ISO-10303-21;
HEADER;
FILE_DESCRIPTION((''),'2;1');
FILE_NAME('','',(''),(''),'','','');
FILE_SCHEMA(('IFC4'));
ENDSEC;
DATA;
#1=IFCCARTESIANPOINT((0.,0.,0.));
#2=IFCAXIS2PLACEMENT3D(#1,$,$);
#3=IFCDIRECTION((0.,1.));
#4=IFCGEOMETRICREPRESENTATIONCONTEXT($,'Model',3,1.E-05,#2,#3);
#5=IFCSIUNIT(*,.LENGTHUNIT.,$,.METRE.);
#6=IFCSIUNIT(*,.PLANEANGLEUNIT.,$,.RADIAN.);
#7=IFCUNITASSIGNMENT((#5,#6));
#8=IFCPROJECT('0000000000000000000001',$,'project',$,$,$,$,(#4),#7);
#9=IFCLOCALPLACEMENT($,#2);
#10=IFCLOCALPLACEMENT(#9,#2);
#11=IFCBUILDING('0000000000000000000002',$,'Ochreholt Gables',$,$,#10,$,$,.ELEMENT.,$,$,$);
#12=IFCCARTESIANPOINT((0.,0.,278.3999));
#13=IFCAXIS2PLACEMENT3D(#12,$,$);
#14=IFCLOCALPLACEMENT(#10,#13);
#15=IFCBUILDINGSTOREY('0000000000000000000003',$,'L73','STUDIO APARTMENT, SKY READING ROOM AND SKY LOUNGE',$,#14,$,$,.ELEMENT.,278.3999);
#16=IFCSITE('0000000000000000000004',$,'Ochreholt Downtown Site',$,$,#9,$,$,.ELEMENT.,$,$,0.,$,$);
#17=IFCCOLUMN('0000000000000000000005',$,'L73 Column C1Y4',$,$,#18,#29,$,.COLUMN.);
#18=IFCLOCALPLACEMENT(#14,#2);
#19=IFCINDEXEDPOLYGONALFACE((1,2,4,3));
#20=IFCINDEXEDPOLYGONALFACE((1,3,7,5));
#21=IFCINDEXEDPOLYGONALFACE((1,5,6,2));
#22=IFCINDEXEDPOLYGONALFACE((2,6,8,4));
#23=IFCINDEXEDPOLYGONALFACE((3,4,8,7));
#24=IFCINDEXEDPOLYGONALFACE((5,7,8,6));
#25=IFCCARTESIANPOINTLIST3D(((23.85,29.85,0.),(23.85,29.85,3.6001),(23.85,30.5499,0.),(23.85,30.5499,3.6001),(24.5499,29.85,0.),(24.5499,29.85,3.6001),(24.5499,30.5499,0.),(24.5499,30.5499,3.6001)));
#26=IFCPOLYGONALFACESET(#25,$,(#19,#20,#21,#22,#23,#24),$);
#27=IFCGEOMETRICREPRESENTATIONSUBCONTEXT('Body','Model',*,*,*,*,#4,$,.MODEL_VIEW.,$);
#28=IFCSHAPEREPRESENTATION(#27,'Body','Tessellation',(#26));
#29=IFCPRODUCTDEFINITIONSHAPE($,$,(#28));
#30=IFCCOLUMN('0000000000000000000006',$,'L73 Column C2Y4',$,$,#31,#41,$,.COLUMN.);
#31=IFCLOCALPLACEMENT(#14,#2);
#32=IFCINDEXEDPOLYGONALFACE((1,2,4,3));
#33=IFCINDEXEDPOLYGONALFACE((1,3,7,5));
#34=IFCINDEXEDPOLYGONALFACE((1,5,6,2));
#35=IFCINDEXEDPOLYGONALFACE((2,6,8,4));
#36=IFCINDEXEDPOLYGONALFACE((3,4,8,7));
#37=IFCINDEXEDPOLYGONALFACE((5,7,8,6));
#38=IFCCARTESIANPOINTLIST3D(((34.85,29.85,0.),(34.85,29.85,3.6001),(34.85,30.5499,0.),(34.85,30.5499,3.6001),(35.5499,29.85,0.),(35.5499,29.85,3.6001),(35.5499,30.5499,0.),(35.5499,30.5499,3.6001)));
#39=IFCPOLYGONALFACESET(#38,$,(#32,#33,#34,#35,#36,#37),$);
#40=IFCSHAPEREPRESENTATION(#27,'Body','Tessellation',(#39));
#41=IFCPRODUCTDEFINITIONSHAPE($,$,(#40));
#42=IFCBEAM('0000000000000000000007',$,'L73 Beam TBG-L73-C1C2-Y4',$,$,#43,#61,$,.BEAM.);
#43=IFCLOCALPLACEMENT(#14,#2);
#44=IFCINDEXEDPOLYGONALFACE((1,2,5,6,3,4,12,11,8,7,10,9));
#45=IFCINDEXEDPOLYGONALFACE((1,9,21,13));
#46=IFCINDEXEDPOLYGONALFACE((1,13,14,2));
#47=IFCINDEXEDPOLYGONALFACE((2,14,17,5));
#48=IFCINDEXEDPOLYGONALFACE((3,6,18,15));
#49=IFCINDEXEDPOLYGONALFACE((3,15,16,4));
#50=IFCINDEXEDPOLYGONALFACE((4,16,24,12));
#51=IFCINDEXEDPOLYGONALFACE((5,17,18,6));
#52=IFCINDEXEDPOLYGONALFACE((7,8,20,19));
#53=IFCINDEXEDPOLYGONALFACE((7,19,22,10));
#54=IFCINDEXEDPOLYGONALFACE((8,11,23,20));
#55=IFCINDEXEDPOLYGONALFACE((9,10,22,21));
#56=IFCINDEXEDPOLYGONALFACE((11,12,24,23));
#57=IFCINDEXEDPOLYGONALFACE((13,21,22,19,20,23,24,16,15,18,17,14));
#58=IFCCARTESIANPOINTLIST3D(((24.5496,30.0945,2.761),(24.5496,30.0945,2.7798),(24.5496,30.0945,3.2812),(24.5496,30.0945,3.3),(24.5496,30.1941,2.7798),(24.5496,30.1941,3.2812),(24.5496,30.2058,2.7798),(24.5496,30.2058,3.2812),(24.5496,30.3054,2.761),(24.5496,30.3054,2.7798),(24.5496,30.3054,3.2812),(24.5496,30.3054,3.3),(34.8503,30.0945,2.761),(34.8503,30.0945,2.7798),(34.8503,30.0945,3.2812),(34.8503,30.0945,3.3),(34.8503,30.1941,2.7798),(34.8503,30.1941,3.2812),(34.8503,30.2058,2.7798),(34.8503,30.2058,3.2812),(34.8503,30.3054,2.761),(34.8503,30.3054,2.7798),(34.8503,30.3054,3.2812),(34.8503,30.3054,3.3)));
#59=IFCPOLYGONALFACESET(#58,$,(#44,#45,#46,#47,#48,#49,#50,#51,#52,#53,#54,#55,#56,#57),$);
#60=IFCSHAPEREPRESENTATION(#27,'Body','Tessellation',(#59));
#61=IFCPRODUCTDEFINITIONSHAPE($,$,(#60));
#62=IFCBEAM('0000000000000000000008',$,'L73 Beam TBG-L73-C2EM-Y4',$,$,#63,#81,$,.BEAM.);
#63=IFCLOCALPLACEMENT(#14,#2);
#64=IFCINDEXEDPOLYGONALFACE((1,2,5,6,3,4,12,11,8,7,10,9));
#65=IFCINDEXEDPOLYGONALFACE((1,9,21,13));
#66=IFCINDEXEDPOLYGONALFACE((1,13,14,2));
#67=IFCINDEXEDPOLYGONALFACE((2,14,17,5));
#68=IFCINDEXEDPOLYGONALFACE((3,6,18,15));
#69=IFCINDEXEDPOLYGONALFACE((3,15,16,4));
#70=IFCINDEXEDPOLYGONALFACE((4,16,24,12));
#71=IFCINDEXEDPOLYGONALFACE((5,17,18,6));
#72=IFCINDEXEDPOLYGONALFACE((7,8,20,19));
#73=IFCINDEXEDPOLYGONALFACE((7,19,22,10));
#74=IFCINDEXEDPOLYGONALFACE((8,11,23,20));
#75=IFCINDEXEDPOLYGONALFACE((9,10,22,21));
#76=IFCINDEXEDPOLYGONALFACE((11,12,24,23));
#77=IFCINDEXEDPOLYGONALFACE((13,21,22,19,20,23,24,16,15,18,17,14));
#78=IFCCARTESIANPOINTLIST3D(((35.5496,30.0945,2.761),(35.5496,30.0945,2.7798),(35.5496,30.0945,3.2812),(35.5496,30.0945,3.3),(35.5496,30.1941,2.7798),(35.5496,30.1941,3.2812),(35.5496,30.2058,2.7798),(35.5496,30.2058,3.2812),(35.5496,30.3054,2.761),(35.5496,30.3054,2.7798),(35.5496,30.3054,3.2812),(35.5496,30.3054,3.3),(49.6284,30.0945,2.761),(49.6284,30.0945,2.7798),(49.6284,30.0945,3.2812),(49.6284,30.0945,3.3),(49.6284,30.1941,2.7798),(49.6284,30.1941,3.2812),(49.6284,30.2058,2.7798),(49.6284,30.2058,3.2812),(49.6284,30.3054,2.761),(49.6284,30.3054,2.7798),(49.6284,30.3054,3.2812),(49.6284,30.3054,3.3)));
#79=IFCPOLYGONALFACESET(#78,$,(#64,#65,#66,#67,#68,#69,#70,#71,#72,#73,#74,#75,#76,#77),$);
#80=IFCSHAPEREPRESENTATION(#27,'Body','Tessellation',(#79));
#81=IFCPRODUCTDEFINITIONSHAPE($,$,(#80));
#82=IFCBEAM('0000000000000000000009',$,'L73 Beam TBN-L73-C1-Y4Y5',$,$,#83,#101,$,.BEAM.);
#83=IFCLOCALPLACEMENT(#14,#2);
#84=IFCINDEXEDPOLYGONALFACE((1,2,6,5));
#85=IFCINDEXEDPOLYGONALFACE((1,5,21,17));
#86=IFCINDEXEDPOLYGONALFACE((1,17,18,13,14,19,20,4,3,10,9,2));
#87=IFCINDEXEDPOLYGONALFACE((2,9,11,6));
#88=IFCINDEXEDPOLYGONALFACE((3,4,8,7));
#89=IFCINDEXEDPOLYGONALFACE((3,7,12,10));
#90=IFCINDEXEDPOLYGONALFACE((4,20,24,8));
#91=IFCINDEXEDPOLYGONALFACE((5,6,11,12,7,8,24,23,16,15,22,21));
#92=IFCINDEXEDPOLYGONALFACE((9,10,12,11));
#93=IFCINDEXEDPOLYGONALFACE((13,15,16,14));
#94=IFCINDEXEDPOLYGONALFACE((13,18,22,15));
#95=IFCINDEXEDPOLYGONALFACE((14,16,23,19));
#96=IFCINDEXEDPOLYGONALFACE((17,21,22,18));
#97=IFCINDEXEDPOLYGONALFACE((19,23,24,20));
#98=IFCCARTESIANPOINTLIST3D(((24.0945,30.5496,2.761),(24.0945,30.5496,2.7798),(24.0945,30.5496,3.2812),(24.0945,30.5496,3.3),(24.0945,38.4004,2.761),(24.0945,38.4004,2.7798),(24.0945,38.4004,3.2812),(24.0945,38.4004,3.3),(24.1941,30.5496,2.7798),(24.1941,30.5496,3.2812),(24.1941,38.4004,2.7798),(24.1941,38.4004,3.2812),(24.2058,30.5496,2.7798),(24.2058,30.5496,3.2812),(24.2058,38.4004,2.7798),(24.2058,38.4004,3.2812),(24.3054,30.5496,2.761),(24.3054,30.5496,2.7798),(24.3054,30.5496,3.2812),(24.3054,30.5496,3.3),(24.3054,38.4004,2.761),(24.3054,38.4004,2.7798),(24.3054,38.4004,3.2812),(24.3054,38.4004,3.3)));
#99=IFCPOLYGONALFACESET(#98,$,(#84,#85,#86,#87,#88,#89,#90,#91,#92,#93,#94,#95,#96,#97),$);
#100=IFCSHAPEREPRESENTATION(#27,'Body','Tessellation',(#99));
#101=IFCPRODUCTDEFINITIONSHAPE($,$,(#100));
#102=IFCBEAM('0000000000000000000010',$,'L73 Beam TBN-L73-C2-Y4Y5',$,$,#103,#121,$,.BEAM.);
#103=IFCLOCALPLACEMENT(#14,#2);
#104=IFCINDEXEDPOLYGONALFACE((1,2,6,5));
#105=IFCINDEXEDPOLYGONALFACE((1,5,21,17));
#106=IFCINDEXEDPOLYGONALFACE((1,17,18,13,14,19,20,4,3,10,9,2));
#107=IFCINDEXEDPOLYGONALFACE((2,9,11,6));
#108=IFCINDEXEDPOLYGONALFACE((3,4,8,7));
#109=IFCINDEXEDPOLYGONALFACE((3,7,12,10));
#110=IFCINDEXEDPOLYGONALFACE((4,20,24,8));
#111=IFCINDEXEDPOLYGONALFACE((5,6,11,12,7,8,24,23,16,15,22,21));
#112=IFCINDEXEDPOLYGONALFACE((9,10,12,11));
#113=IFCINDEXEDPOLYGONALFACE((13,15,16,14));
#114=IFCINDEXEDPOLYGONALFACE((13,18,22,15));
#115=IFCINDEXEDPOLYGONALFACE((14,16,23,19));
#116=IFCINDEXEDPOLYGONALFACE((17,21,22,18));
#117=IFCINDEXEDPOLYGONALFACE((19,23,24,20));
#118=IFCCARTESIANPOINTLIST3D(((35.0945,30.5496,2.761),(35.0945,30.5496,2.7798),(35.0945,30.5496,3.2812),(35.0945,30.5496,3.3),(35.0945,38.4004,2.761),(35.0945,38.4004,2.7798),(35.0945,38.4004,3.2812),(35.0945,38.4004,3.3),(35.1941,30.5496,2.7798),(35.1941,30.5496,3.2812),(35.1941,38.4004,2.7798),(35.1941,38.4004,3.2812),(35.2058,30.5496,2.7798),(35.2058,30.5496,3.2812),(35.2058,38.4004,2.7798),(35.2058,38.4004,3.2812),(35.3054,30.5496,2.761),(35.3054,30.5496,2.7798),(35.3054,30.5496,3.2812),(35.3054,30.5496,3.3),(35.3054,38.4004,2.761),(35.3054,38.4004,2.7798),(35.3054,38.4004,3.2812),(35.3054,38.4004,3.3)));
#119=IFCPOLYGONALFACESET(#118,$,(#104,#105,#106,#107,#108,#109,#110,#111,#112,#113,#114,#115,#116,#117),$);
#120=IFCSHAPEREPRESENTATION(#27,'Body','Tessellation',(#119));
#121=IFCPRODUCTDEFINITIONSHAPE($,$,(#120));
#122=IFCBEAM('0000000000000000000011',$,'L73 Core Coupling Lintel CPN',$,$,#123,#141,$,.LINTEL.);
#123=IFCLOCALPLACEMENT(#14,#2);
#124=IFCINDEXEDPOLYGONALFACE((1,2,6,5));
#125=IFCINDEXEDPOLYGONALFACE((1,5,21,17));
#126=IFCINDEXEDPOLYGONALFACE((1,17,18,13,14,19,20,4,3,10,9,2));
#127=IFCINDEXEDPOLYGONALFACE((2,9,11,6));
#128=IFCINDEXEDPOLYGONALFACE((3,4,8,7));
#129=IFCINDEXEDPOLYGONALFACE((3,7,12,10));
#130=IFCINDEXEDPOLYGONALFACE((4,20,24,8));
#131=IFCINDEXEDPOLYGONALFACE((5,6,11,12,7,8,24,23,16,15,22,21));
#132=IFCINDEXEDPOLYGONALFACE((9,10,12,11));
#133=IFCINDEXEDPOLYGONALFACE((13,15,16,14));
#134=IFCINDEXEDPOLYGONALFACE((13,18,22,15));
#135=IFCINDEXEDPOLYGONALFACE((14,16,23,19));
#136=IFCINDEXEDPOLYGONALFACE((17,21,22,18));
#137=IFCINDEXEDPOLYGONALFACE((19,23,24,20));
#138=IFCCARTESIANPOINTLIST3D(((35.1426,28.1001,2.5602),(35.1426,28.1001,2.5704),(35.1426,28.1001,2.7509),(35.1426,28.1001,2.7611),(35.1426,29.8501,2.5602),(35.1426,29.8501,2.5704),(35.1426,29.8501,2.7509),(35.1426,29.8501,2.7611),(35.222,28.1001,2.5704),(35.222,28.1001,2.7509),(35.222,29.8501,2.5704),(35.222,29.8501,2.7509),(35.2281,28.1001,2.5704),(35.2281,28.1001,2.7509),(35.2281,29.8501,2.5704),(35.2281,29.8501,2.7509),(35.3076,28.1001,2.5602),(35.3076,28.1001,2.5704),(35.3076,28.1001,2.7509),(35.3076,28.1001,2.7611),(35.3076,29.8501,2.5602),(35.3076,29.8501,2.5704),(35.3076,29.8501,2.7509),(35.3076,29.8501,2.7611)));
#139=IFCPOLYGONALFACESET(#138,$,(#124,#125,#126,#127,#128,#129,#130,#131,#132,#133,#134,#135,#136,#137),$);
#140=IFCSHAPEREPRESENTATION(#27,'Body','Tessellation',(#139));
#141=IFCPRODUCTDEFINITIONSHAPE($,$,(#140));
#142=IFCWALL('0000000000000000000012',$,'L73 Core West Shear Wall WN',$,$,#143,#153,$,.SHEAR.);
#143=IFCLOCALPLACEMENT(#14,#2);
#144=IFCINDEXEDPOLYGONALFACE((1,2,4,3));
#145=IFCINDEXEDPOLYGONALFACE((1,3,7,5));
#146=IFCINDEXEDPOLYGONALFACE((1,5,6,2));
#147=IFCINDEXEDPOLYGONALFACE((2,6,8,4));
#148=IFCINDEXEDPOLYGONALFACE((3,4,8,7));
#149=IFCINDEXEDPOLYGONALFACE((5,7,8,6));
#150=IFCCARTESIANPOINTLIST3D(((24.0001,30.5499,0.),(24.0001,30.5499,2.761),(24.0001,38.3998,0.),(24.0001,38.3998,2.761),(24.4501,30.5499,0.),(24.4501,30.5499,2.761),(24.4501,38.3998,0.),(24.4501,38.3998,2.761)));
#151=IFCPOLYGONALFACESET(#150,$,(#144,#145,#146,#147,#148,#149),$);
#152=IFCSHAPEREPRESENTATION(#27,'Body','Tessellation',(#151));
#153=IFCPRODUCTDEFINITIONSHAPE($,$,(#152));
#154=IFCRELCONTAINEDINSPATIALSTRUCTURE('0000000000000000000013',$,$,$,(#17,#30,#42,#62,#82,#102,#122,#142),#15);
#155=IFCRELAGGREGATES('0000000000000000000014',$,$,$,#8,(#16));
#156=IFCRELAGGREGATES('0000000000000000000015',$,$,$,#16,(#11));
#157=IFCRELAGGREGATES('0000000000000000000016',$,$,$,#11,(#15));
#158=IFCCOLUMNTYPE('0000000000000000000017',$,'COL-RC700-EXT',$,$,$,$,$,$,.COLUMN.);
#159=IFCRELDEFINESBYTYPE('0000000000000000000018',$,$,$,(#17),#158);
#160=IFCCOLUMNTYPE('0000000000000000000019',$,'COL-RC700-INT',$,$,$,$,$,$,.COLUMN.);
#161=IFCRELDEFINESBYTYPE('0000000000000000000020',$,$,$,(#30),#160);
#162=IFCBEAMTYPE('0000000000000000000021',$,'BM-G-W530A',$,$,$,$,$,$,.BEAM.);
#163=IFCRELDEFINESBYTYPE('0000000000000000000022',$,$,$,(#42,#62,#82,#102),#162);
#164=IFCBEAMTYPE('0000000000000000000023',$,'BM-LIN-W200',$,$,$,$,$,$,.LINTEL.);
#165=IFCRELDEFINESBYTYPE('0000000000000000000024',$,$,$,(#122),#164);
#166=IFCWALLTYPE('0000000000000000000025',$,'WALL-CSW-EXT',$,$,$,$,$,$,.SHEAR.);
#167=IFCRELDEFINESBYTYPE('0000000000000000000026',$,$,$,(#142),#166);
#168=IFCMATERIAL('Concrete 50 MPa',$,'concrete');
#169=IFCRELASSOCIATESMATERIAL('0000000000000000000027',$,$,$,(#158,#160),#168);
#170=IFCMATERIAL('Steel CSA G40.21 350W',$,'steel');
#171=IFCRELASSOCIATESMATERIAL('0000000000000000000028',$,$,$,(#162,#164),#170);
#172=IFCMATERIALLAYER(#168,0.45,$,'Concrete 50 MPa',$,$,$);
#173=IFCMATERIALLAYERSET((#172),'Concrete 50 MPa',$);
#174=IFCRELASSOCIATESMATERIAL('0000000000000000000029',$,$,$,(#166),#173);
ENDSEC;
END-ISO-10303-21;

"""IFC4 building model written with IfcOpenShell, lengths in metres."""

from ifc_helpers import new_model, si_unit, direction, frame, frame_2d, origin, origin_2d, place, context, subcontext, project, spatial, rectangle, i_section, extrude, material, layer, layer_set, material_profile, profile_set, type_object, element, save


model = new_model("IFC4")

# Units and contexts
model_context = context("Model", 3, precision=1e-05, world=origin(), true_north=direction((0.0, 1.0)))
body_context = subcontext(model_context, "Body", "Model", "MODEL_VIEW")
ifc_project = project(units=[si_unit("LENGTHUNIT", "METRE"), si_unit("PLANEANGLEUNIT", "RADIAN")], contexts=[model_context])

# Site, building, storey
site_placement = place(None, origin())
site = spatial("IfcSite", under=ifc_project, at=site_placement, Name="Ochreholt Downtown Site", CompositionType="ELEMENT", RefElevation=0.0)
building_placement = place(site_placement, origin())
building = spatial("IfcBuilding", under=site, at=building_placement, Name="Ochreholt Gables", CompositionType="ELEMENT")
storey_placement = place(building_placement, frame((0.0, 0.0, 278.3999)))
storey = spatial("IfcBuildingStorey", under=building, at=storey_placement, Name="L73", Description="STUDIO APARTMENT, SKY READING ROOM AND SKY LOUNGE", CompositionType="ELEMENT", Elevation=278.3999)

# Columns
ifc_material_1 = material(Name="Concrete 50 MPa", Category="concrete")
ifc_material_profile_1 = material_profile(ifc_material_1, rectangle(XDim=0.7, YDim=0.7, at=origin_2d()), Name="RC700X700")
ifc_profile_set_1 = profile_set([ifc_material_profile_1], Name="Concrete 50 MPa")
column_type_1 = type_object("IfcColumnType", Name="COL-RC700-EXT", PredefinedType="COLUMN", material=ifc_profile_set_1)
column_1_placement = place(storey_placement, frame((24.2, 30.2, 0.0), z_axis=(0.0, 0.0, 1.0), x_axis=(1.0, 0.0, 0.0)))
element("IfcColumn", 1, at=column_1_placement, inside=storey, type_object=column_type_1, Name="L73 Column C1Y4", PredefinedType="COLUMN", context=body_context, shape_type="SweptSolid", body=[
    extrude(rectangle(XDim=0.7, YDim=0.7, at=origin_2d()), origin(), (0.0, 0.0, 1.0), 3.6001),
])
ifc_material_profile_2 = material_profile(ifc_material_1, rectangle(XDim=0.7, YDim=0.7, at=origin_2d()), Name="RC700X700")
ifc_profile_set_2 = profile_set([ifc_material_profile_2], Name="Concrete 50 MPa")
column_type_2 = type_object("IfcColumnType", Name="COL-RC700-INT", PredefinedType="COLUMN", material=ifc_profile_set_2)
column_2_placement = place(storey_placement, frame((35.2, 30.2, 0.0), z_axis=(0.0, 0.0, 1.0), x_axis=(1.0, 0.0, 0.0)))
element("IfcColumn", 2, at=column_2_placement, inside=storey, type_object=column_type_2, Name="L73 Column C2Y4", PredefinedType="COLUMN", context=body_context, shape_type="SweptSolid", body=[
    extrude(rectangle(XDim=0.7, YDim=0.7, at=origin_2d()), origin(), (0.0, 0.0, 1.0), 3.6001),
])

# Beams
ifc_material_2 = material(Name="Steel CSA G40.21 350W", Category="steel")
ifc_material_profile_3 = material_profile(ifc_material_2, i_section(OverallWidth=0.2109, OverallDepth=0.5391, WebThickness=0.0117, FlangeThickness=0.0188, at=origin_2d()), Name="W530X109")
ifc_profile_set_3 = profile_set([ifc_material_profile_3], Name="Steel CSA G40.21 350W")
beam_type_1 = type_object("IfcBeamType", Name="BM-G-W530A", PredefinedType="BEAM", material=ifc_profile_set_3)
beam_1_placement = place(storey_placement, frame((24.5496, 30.2, 3.0305), z_axis=(1.0, 0.0, 0.0), x_axis=(0.0, 1.0, 0.0)))
element("IfcBeam", 3, at=beam_1_placement, inside=storey, type_object=beam_type_1, Name="L73 Beam TBG-L73-C1C2-Y4", PredefinedType="BEAM", context=body_context, shape_type="SweptSolid", body=[
    extrude(i_section(OverallWidth=0.2109, OverallDepth=0.5391, WebThickness=0.0117, FlangeThickness=0.0188, at=origin_2d()), origin(), (0.0, 0.0, 1.0), 10.3008),
])
beam_2_placement = place(storey_placement, frame((35.5496, 30.2, 3.0305), z_axis=(1.0, 0.0, 0.0), x_axis=(0.0, 1.0, 0.0)))
element("IfcBeam", 4, at=beam_2_placement, inside=storey, type_object=beam_type_1, Name="L73 Beam TBG-L73-C2EM-Y4", PredefinedType="BEAM", context=body_context, shape_type="SweptSolid", body=[
    extrude(i_section(OverallWidth=0.2109, OverallDepth=0.5391, WebThickness=0.0117, FlangeThickness=0.0188, at=origin_2d()), origin(), (0.0, 0.0, 1.0), 14.0789),
])
for number, where, z_axis, x_axis, name in (
    (5, (24.2, 30.5496, 3.0305), (0.0, 1.0, 0.0), (-1.0, 0.0, 0.0), "L73 Beam TBN-L73-C1-Y4Y5"),
    (6, (35.2, 30.5496, 3.0305), (0.0, 1.0, 0.0), (-1.0, 0.0, 0.0), "L73 Beam TBN-L73-C2-Y4Y5"),
):
    element("IfcBeam", number, at=place(storey_placement, frame(where, z_axis=z_axis, x_axis=x_axis)), inside=storey, type_object=beam_type_1, Name=name, PredefinedType="BEAM", context=body_context, shape_type="SweptSolid", body=[
        extrude(i_section(OverallWidth=0.2109, OverallDepth=0.5391, WebThickness=0.0117, FlangeThickness=0.0188, at=origin_2d()), origin(), (0.0, 0.0, 1.0), 7.8508),
    ])
ifc_material_profile_4 = material_profile(ifc_material_2, i_section(OverallWidth=0.165, OverallDepth=0.2009, WebThickness=0.0061, FlangeThickness=0.0103, at=origin_2d()), Name="W200X36")
ifc_profile_set_4 = profile_set([ifc_material_profile_4], Name="Steel CSA G40.21 350W")
beam_type_2 = type_object("IfcBeamType", Name="BM-LIN-W200", PredefinedType="LINTEL", material=ifc_profile_set_4)
beam_3_placement = place(storey_placement, frame((35.2251, 28.1001, 2.6606), z_axis=(0.0, 1.0, 0.0), x_axis=(-1.0, 0.0, 0.0)))
element("IfcBeam", 7, at=beam_3_placement, inside=storey, type_object=beam_type_2, Name="L73 Core Coupling Lintel CPN", PredefinedType="LINTEL", context=body_context, shape_type="SweptSolid", body=[
    extrude(i_section(OverallWidth=0.165, OverallDepth=0.2009, WebThickness=0.0061, FlangeThickness=0.0103, at=origin_2d()), origin(), (0.0, 0.0, 1.0), 1.75),
])

# Wall
ifc_layer_1 = layer(ifc_material_1, 0.45, Name="Concrete 50 MPa")
ifc_layer_set_1 = layer_set([ifc_layer_1], Name="Concrete 50 MPa")
wall_type_1 = type_object("IfcWallType", Name="WALL-CSW-EXT", PredefinedType="SHEAR", material=ifc_layer_set_1)
wall_1_placement = place(storey_placement, frame((24.2251, 30.55, 0.0), z_axis=(0.0, 0.0, 1.0), x_axis=(0.0, 1.0, 0.0)))
element("IfcWall", 8, at=wall_1_placement, inside=storey, type_object=wall_type_1, Name="L73 Core West Shear Wall WN", PredefinedType="SHEAR", context=body_context, shape_type="SweptSolid", body=[
    extrude(rectangle(XDim=7.8499, YDim=0.45, at=frame_2d((3.9248, 0.0))), origin(), (0.0, 0.0, 1.0), 2.761),
])

save(model, "model.ifc")
